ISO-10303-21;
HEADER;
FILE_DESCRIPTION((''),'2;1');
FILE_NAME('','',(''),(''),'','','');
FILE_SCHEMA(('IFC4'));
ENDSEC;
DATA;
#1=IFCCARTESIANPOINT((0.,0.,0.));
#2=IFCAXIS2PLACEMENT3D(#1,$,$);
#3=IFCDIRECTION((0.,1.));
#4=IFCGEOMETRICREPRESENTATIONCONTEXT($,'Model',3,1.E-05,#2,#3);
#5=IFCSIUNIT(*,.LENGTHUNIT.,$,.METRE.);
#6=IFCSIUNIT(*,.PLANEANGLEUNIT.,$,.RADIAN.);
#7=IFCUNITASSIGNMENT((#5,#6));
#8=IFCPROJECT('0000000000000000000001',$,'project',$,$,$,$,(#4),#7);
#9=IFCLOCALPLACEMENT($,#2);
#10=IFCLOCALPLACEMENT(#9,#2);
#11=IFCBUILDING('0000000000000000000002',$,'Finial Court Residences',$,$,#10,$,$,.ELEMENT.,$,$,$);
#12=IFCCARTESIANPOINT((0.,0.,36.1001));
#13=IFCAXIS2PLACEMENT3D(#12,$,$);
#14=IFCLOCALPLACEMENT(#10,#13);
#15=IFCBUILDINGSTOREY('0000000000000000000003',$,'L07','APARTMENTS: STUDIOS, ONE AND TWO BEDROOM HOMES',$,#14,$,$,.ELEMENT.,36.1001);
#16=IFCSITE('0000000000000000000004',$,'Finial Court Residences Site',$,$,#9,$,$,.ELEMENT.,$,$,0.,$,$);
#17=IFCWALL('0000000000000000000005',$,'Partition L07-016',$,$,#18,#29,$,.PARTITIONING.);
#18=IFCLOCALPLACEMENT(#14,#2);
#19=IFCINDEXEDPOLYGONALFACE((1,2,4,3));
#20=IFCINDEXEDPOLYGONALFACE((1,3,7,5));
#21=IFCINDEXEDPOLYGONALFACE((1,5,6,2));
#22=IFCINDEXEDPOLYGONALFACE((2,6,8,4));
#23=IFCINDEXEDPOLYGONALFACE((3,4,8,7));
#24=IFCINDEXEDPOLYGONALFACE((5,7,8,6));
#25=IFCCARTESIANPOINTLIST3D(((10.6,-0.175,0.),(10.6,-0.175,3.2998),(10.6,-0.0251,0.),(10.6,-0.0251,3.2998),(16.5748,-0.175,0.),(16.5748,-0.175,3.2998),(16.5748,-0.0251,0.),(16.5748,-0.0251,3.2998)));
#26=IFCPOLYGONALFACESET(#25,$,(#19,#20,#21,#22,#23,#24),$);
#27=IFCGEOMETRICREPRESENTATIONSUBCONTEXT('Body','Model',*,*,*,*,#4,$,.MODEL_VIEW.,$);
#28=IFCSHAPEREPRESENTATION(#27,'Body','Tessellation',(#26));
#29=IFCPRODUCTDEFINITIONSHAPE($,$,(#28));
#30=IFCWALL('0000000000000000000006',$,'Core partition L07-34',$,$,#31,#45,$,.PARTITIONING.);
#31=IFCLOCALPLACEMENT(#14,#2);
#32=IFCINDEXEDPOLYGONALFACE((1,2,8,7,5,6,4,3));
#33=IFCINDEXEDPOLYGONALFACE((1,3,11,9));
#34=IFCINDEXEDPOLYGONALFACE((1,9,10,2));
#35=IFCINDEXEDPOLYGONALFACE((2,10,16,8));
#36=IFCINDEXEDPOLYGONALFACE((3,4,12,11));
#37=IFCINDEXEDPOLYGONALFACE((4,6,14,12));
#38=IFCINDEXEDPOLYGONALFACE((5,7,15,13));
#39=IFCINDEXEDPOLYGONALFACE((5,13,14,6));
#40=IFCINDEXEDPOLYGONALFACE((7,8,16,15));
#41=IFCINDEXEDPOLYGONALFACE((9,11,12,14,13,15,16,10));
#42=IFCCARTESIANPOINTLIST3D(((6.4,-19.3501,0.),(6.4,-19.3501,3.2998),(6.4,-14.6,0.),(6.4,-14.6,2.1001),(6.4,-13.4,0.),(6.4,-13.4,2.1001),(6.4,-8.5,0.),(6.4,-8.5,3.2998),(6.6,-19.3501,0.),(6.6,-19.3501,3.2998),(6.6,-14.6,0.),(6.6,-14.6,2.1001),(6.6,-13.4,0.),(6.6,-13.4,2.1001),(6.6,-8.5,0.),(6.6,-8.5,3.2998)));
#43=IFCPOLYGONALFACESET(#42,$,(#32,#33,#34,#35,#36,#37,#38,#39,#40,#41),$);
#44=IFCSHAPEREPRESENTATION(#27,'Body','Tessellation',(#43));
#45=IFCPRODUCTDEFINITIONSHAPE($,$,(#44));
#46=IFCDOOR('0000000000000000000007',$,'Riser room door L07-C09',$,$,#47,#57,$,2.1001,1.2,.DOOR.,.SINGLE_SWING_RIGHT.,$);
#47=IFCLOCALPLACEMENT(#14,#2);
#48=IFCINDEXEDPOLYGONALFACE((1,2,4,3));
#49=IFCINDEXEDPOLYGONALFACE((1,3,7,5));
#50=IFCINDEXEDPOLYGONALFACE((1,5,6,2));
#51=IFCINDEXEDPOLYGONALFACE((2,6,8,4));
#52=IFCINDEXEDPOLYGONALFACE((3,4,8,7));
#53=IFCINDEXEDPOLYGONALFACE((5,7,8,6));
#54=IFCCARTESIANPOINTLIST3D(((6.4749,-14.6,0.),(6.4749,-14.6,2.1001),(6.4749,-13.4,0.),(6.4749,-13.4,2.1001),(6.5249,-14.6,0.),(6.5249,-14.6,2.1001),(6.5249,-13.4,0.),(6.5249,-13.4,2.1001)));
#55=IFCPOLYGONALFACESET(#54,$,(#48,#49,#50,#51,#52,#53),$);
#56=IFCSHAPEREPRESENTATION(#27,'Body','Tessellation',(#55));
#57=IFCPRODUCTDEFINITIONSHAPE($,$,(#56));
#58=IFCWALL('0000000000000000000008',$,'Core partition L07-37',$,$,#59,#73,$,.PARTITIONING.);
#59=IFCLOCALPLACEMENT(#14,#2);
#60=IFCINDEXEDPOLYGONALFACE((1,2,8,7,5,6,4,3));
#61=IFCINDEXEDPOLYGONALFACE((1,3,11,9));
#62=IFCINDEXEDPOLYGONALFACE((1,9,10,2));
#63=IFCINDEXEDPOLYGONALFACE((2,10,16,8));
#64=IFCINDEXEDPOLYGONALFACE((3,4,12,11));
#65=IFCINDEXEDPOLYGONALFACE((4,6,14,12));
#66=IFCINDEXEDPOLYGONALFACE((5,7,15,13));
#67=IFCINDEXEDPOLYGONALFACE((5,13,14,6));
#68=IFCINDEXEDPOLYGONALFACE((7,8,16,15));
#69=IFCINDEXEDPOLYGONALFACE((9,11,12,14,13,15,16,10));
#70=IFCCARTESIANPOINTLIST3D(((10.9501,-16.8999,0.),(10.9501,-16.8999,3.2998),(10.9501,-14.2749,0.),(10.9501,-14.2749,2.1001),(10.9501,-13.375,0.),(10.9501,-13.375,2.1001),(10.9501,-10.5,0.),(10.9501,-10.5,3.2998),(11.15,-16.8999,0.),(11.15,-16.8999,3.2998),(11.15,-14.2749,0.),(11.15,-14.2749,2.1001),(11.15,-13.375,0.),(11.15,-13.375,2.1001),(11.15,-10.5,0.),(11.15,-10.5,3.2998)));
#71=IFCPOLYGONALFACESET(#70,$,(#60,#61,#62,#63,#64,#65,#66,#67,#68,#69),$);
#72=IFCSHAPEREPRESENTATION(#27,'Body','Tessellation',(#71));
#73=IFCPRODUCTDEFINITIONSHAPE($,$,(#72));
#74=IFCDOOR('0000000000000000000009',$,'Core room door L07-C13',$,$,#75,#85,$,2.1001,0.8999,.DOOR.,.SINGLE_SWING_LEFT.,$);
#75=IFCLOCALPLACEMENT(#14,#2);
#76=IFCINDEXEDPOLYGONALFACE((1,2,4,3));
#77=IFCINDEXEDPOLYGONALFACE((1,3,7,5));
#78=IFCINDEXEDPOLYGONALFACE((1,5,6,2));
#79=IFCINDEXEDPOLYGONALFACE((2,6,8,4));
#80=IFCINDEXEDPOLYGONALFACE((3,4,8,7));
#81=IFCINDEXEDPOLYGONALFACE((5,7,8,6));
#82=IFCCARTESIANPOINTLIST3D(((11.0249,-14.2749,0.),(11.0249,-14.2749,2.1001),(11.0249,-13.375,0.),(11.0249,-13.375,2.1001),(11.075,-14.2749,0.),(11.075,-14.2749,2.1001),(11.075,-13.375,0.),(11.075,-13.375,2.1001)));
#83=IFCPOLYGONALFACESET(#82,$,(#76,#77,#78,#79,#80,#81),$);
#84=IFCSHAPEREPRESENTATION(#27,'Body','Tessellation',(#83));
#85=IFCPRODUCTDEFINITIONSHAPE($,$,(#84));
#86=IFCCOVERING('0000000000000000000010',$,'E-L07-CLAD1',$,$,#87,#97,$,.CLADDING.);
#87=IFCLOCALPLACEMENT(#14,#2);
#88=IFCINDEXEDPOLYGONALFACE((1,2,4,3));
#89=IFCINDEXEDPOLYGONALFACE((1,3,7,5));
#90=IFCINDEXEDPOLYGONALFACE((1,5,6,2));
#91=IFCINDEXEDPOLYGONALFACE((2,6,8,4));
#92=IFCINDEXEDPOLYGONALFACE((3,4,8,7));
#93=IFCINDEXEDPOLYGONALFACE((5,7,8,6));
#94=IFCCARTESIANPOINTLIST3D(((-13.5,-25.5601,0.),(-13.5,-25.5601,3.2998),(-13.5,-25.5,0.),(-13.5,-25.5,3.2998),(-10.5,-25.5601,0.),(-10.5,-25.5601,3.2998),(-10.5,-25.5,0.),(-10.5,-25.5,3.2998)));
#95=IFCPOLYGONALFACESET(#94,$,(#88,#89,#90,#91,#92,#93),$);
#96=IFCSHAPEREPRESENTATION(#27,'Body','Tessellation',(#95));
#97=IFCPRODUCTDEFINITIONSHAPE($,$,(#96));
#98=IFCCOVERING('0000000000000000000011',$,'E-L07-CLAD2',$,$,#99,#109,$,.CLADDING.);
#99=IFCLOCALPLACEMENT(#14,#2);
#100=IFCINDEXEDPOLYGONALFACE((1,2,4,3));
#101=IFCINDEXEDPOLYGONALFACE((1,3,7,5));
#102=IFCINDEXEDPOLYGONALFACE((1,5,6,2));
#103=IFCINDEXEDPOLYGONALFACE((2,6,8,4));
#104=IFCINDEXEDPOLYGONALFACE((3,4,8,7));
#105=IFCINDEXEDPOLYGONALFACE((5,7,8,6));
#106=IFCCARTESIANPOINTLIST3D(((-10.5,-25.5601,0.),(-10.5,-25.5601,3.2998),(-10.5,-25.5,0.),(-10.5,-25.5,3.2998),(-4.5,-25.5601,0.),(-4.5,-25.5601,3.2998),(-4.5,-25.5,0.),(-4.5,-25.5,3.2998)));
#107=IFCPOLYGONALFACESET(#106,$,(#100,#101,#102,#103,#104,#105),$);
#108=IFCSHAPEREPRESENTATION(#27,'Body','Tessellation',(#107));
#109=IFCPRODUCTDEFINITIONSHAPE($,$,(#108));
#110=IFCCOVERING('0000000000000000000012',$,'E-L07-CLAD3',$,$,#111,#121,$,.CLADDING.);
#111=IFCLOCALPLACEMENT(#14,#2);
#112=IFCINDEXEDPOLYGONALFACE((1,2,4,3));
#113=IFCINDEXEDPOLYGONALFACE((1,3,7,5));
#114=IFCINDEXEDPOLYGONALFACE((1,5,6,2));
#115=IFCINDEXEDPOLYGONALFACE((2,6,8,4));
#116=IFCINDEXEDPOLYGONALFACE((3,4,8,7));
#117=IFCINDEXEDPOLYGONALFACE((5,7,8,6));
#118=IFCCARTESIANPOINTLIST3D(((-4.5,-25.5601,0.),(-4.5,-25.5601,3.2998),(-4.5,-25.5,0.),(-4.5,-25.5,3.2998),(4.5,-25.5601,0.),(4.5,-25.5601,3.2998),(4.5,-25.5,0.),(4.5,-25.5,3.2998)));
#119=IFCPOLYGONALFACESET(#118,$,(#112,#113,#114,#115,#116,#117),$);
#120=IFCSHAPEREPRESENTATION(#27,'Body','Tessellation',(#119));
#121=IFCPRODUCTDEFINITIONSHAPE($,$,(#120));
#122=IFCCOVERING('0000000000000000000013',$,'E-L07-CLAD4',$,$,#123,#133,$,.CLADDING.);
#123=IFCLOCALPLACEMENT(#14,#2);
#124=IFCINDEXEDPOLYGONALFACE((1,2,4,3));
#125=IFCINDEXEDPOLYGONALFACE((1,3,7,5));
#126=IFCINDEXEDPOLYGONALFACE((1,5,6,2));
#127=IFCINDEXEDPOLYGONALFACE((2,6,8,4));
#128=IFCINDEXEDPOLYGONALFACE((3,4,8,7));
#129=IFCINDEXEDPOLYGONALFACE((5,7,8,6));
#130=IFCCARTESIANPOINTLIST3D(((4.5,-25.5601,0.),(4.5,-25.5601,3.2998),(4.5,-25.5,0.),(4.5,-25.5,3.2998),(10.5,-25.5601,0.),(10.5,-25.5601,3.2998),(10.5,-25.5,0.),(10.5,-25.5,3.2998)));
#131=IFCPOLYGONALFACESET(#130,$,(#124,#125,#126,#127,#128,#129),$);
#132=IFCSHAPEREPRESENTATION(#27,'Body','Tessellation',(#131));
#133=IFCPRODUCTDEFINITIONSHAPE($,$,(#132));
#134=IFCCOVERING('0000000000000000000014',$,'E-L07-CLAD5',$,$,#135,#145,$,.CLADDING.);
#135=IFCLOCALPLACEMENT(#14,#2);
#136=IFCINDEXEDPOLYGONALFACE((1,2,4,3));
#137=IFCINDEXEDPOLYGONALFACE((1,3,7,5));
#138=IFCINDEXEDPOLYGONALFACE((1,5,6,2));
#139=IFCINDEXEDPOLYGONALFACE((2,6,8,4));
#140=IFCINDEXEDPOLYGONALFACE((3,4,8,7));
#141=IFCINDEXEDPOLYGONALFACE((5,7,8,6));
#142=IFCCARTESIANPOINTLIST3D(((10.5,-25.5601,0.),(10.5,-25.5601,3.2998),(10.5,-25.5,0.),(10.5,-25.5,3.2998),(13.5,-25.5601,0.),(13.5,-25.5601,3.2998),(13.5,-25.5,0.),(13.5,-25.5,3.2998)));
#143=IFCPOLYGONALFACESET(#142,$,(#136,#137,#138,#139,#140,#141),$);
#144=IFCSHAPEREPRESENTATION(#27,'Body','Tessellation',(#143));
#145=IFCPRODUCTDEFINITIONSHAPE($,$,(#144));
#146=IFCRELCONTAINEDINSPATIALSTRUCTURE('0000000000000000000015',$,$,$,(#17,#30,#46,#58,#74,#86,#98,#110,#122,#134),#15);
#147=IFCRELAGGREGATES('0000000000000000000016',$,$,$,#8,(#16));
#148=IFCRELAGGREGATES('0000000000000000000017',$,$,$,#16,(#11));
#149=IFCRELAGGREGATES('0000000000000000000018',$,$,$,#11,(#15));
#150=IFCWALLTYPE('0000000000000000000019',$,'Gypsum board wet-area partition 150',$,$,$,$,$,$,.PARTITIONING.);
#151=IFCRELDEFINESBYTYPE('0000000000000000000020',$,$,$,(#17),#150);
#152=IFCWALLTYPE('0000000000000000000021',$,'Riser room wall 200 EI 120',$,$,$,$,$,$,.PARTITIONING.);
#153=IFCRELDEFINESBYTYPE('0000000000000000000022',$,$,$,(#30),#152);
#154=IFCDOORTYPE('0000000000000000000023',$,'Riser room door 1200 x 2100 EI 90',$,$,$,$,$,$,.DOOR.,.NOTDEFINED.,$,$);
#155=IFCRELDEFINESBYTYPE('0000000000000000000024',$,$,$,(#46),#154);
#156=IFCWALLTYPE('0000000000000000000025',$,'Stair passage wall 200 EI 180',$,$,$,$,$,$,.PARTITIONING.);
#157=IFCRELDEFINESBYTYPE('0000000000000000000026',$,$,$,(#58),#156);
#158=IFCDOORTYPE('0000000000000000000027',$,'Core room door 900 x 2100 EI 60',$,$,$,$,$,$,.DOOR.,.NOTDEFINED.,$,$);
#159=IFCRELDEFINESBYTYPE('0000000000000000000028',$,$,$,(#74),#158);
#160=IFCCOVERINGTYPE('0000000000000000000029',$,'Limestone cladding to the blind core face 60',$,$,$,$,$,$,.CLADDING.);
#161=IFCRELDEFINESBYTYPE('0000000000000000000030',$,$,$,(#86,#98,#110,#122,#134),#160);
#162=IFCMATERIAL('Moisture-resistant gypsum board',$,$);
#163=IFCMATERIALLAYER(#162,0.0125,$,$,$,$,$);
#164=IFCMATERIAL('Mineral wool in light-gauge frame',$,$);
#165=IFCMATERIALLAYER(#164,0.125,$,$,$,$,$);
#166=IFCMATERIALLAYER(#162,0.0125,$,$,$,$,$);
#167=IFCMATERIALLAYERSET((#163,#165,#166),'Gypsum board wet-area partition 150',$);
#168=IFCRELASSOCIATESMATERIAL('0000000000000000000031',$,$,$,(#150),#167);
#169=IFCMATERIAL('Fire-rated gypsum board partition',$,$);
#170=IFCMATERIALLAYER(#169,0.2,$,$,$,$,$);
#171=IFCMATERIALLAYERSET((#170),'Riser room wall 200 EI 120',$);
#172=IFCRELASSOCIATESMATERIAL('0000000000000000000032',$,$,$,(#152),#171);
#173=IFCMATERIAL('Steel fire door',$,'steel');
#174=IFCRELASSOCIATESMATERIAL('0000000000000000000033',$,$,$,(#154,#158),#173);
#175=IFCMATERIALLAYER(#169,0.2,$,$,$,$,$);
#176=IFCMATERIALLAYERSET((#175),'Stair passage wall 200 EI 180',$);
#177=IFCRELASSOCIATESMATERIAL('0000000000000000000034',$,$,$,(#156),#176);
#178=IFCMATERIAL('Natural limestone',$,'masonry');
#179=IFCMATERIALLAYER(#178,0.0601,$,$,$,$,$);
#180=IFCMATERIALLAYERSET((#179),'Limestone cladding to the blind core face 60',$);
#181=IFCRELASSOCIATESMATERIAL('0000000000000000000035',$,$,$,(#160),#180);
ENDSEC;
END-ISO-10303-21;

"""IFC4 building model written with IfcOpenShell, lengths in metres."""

from ifc_helpers import new_model, si_unit, direction, frame, frame_2d, origin, place, context, subcontext, project, spatial, polyline, rectangle, outline, extrude, material, layer, layer_set, type_object, element, fill, save


model = new_model("IFC4")

# Units and contexts
model_context = context("Model", 3, precision=1e-05, world=origin(), true_north=direction((0.0, 1.0)))
body_context = subcontext(model_context, "Body", "Model", "MODEL_VIEW")
ifc_project = project(units=[si_unit("LENGTHUNIT", "METRE"), si_unit("PLANEANGLEUNIT", "RADIAN")], contexts=[model_context])

# Site, building, storey
site_placement = place(None, origin())
site = spatial("IfcSite", under=ifc_project, at=site_placement, Name="Finial Court Residences Site", CompositionType="ELEMENT", RefElevation=0.0)
building_placement = place(site_placement, origin())
building = spatial("IfcBuilding", under=site, at=building_placement, Name="Finial Court Residences", CompositionType="ELEMENT")
storey_placement = place(building_placement, frame((0.0, 0.0, 36.1001)))
storey = spatial("IfcBuildingStorey", under=building, at=storey_placement, Name="L07", Description="APARTMENTS: STUDIOS, ONE AND TWO BEDROOM HOMES", CompositionType="ELEMENT", Elevation=36.1001)

# Wall
ifc_material_1 = material(Name="Mineral wool in light-gauge frame")
ifc_material_2 = material(Name="Moisture-resistant gypsum board")
ifc_layer_1 = layer(ifc_material_2, 0.0125)
ifc_layer_2 = layer(ifc_material_1, 0.125)
ifc_layer_3 = layer(ifc_material_2, 0.0125)
ifc_layer_set_1 = layer_set([ifc_layer_1, ifc_layer_2, ifc_layer_3], Name="Gypsum board wet-area partition 150")
wall_type_1 = type_object("IfcWallType", Name="Gypsum board wet-area partition 150", PredefinedType="PARTITIONING", material=ifc_layer_set_1)
wall_1_placement = place(storey_placement, frame((10.6001, -0.1001, 0.0), z_axis=(0.0, 0.0, 1.0), x_axis=(1.0, 0.0, 0.0)))
element("IfcWall", 1, at=wall_1_placement, inside=storey, type_object=wall_type_1, Name="Partition L07-016", PredefinedType="PARTITIONING", context=body_context, shape_type="SweptSolid", body=[
    extrude(rectangle(XDim=5.9749, YDim=0.1499, at=frame_2d((2.9873, 0.0))), origin(), (0.0, 0.0, 1.0), 3.2998),
])

# Walls, openings, doors
ifc_material_3 = material(Name="Fire-rated gypsum board partition")
ifc_layer_4 = layer(ifc_material_3, 0.2)
ifc_layer_set_2 = layer_set([ifc_layer_4], Name="Riser room wall 200 EI 120")
wall_type_2 = type_object("IfcWallType", Name="Riser room wall 200 EI 120", PredefinedType="PARTITIONING", material=ifc_layer_set_2)
wall_2_placement = place(storey_placement, frame((6.5, -8.5, 0.0), z_axis=(0.0, 0.0, 1.0), x_axis=(0.0, -1.0, 0.0)))
wall_2 = element("IfcWall", 2, at=wall_2_placement, inside=storey, type_object=wall_type_2, Name="Core partition L07-34", PredefinedType="PARTITIONING", context=body_context, shape_type="SweptSolid", body=[
    extrude(rectangle(XDim=10.8501, YDim=0.2, at=frame_2d((5.425, 0.0))), origin(), (0.0, 0.0, 1.0), 3.2998),
])
opening_1_placement = place(wall_2_placement, frame((4.8999, 0.0, 0.0)))
opening_1 = element("IfcOpeningElement", 3, at=opening_1_placement, cuts=wall_2, PredefinedType="OPENING", context=body_context, shape_type="SweptSolid", body=[
    extrude(rectangle(XDim=1.2, YDim=2.1001, at=frame_2d((0.6001, 1.05))), frame((0.0, 0.1099, 0.0), z_axis=(0.0, -1.0, 0.0), x_axis=(1.0, 0.0, 0.0)), (0.0, 0.0, 1.0), 0.22),
])
ifc_material_4 = material(Name="Steel fire door", Category="steel")
door_type_1 = type_object("IfcDoorType", Name="Riser room door 1200 x 2100 EI 90", OperationType="NOTDEFINED", PredefinedType="DOOR", material=ifc_material_4)
door_1_placement = place(opening_1_placement, origin())
door_1 = element("IfcDoor", 4, at=door_1_placement, inside=storey, type_object=door_type_1, Name="Riser room door L07-C09", OperationType="SINGLE_SWING_RIGHT", OverallHeight=2.1001, OverallWidth=1.2, PredefinedType="DOOR", context=body_context, shape_type="SweptSolid", body=[
    extrude(rectangle(XDim=1.2, YDim=2.1001, at=frame_2d((0.6001, 1.05))), frame((0.0, 0.0249, 0.0), z_axis=(0.0, -1.0, 0.0), x_axis=(1.0, 0.0, 0.0)), (0.0, 0.0, 1.0), 0.05),
])
fill(opening_1, door_1)
ifc_layer_5 = layer(ifc_material_3, 0.2)
ifc_layer_set_3 = layer_set([ifc_layer_5], Name="Stair passage wall 200 EI 180")
wall_type_3 = type_object("IfcWallType", Name="Stair passage wall 200 EI 180", PredefinedType="PARTITIONING", material=ifc_layer_set_3)
wall_3_placement = place(storey_placement, frame((11.05, -10.5, 0.0), z_axis=(0.0, 0.0, 1.0), x_axis=(0.0, -1.0, 0.0)))
wall_3 = element("IfcWall", 5, at=wall_3_placement, inside=storey, type_object=wall_type_3, Name="Core partition L07-37", PredefinedType="PARTITIONING", context=body_context, shape_type="SweptSolid", body=[
    extrude(rectangle(XDim=6.3999, YDim=0.2, at=frame_2d((3.2, 0.0))), origin(), (0.0, 0.0, 1.0), 3.2998),
])
opening_2_placement = place(wall_3_placement, frame((2.875, 0.0, 0.0)))
opening_2 = element("IfcOpeningElement", 6, at=opening_2_placement, cuts=wall_3, PredefinedType="OPENING", context=body_context, shape_type="SweptSolid", body=[
    extrude(rectangle(XDim=0.8999, YDim=2.1001, at=frame_2d((0.45, 1.05))), frame((0.0, 0.1099, 0.0), z_axis=(0.0, -1.0, 0.0), x_axis=(1.0, 0.0, 0.0)), (0.0, 0.0, 1.0), 0.22),
])
door_type_2 = type_object("IfcDoorType", Name="Core room door 900 x 2100 EI 60", OperationType="NOTDEFINED", PredefinedType="DOOR", material=ifc_material_4)
door_2_placement = place(opening_2_placement, origin())
door_2 = element("IfcDoor", 7, at=door_2_placement, inside=storey, type_object=door_type_2, Name="Core room door L07-C13", OperationType="SINGLE_SWING_LEFT", OverallHeight=2.1001, OverallWidth=0.8999, PredefinedType="DOOR", context=body_context, shape_type="SweptSolid", body=[
    extrude(rectangle(XDim=0.8999, YDim=2.1001, at=frame_2d((0.45, 1.05))), frame((0.0, 0.0249, 0.0), z_axis=(0.0, -1.0, 0.0), x_axis=(1.0, 0.0, 0.0)), (0.0, 0.0, 1.0), 0.05),
])
fill(opening_2, door_2)

# Coverings
ifc_material_5 = material(Name="Natural limestone", Category="masonry")
ifc_layer_6 = layer(ifc_material_5, 0.0601)
ifc_layer_set_4 = layer_set([ifc_layer_6], Name="Limestone cladding to the blind core face 60")
covering_type_1 = type_object("IfcCoveringType", Name="Limestone cladding to the blind core face 60", PredefinedType="CLADDING", material=ifc_layer_set_4)
covering_1_placement = place(storey_placement, origin())
element("IfcCovering", 8, at=covering_1_placement, inside=storey, type_object=covering_type_1, Name="E-L07-CLAD1", PredefinedType="CLADDING", context=body_context, shape_type="SweptSolid", body=[
    extrude(outline(polyline([(-10.5, -25.5601), (-10.5, -25.5), (-13.5, -25.5), (-13.5, -25.5601), (-10.5, -25.5601)])), origin(), (0.0, 0.0, 1.0), 3.2998),
])
covering_2_placement = place(storey_placement, origin())
element("IfcCovering", 9, at=covering_2_placement, inside=storey, type_object=covering_type_1, Name="E-L07-CLAD2", PredefinedType="CLADDING", context=body_context, shape_type="SweptSolid", body=[
    extrude(outline(polyline([(-4.5, -25.5601), (-4.5, -25.5), (-10.5, -25.5), (-10.5, -25.5601), (-4.5, -25.5601)])), origin(), (0.0, 0.0, 1.0), 3.2998),
])
covering_3_placement = place(storey_placement, origin())
element("IfcCovering", 10, at=covering_3_placement, inside=storey, type_object=covering_type_1, Name="E-L07-CLAD3", PredefinedType="CLADDING", context=body_context, shape_type="SweptSolid", body=[
    extrude(outline(polyline([(4.5, -25.5601), (4.5, -25.5), (-4.5, -25.5), (-4.5, -25.5601), (4.5, -25.5601)])), origin(), (0.0, 0.0, 1.0), 3.2998),
])
covering_4_placement = place(storey_placement, origin())
element("IfcCovering", 11, at=covering_4_placement, inside=storey, type_object=covering_type_1, Name="E-L07-CLAD4", PredefinedType="CLADDING", context=body_context, shape_type="SweptSolid", body=[
    extrude(outline(polyline([(10.5, -25.5601), (10.5, -25.5), (4.5, -25.5), (4.5, -25.5601), (10.5, -25.5601)])), origin(), (0.0, 0.0, 1.0), 3.2998),
])
covering_5_placement = place(storey_placement, origin())
element("IfcCovering", 12, at=covering_5_placement, inside=storey, type_object=covering_type_1, Name="E-L07-CLAD5", PredefinedType="CLADDING", context=body_context, shape_type="SweptSolid", body=[
    extrude(outline(polyline([(13.5, -25.5601), (13.5, -25.5), (10.5, -25.5), (10.5, -25.5601), (13.5, -25.5601)])), origin(), (0.0, 0.0, 1.0), 3.2998),
])

save(model, "model.ifc")
